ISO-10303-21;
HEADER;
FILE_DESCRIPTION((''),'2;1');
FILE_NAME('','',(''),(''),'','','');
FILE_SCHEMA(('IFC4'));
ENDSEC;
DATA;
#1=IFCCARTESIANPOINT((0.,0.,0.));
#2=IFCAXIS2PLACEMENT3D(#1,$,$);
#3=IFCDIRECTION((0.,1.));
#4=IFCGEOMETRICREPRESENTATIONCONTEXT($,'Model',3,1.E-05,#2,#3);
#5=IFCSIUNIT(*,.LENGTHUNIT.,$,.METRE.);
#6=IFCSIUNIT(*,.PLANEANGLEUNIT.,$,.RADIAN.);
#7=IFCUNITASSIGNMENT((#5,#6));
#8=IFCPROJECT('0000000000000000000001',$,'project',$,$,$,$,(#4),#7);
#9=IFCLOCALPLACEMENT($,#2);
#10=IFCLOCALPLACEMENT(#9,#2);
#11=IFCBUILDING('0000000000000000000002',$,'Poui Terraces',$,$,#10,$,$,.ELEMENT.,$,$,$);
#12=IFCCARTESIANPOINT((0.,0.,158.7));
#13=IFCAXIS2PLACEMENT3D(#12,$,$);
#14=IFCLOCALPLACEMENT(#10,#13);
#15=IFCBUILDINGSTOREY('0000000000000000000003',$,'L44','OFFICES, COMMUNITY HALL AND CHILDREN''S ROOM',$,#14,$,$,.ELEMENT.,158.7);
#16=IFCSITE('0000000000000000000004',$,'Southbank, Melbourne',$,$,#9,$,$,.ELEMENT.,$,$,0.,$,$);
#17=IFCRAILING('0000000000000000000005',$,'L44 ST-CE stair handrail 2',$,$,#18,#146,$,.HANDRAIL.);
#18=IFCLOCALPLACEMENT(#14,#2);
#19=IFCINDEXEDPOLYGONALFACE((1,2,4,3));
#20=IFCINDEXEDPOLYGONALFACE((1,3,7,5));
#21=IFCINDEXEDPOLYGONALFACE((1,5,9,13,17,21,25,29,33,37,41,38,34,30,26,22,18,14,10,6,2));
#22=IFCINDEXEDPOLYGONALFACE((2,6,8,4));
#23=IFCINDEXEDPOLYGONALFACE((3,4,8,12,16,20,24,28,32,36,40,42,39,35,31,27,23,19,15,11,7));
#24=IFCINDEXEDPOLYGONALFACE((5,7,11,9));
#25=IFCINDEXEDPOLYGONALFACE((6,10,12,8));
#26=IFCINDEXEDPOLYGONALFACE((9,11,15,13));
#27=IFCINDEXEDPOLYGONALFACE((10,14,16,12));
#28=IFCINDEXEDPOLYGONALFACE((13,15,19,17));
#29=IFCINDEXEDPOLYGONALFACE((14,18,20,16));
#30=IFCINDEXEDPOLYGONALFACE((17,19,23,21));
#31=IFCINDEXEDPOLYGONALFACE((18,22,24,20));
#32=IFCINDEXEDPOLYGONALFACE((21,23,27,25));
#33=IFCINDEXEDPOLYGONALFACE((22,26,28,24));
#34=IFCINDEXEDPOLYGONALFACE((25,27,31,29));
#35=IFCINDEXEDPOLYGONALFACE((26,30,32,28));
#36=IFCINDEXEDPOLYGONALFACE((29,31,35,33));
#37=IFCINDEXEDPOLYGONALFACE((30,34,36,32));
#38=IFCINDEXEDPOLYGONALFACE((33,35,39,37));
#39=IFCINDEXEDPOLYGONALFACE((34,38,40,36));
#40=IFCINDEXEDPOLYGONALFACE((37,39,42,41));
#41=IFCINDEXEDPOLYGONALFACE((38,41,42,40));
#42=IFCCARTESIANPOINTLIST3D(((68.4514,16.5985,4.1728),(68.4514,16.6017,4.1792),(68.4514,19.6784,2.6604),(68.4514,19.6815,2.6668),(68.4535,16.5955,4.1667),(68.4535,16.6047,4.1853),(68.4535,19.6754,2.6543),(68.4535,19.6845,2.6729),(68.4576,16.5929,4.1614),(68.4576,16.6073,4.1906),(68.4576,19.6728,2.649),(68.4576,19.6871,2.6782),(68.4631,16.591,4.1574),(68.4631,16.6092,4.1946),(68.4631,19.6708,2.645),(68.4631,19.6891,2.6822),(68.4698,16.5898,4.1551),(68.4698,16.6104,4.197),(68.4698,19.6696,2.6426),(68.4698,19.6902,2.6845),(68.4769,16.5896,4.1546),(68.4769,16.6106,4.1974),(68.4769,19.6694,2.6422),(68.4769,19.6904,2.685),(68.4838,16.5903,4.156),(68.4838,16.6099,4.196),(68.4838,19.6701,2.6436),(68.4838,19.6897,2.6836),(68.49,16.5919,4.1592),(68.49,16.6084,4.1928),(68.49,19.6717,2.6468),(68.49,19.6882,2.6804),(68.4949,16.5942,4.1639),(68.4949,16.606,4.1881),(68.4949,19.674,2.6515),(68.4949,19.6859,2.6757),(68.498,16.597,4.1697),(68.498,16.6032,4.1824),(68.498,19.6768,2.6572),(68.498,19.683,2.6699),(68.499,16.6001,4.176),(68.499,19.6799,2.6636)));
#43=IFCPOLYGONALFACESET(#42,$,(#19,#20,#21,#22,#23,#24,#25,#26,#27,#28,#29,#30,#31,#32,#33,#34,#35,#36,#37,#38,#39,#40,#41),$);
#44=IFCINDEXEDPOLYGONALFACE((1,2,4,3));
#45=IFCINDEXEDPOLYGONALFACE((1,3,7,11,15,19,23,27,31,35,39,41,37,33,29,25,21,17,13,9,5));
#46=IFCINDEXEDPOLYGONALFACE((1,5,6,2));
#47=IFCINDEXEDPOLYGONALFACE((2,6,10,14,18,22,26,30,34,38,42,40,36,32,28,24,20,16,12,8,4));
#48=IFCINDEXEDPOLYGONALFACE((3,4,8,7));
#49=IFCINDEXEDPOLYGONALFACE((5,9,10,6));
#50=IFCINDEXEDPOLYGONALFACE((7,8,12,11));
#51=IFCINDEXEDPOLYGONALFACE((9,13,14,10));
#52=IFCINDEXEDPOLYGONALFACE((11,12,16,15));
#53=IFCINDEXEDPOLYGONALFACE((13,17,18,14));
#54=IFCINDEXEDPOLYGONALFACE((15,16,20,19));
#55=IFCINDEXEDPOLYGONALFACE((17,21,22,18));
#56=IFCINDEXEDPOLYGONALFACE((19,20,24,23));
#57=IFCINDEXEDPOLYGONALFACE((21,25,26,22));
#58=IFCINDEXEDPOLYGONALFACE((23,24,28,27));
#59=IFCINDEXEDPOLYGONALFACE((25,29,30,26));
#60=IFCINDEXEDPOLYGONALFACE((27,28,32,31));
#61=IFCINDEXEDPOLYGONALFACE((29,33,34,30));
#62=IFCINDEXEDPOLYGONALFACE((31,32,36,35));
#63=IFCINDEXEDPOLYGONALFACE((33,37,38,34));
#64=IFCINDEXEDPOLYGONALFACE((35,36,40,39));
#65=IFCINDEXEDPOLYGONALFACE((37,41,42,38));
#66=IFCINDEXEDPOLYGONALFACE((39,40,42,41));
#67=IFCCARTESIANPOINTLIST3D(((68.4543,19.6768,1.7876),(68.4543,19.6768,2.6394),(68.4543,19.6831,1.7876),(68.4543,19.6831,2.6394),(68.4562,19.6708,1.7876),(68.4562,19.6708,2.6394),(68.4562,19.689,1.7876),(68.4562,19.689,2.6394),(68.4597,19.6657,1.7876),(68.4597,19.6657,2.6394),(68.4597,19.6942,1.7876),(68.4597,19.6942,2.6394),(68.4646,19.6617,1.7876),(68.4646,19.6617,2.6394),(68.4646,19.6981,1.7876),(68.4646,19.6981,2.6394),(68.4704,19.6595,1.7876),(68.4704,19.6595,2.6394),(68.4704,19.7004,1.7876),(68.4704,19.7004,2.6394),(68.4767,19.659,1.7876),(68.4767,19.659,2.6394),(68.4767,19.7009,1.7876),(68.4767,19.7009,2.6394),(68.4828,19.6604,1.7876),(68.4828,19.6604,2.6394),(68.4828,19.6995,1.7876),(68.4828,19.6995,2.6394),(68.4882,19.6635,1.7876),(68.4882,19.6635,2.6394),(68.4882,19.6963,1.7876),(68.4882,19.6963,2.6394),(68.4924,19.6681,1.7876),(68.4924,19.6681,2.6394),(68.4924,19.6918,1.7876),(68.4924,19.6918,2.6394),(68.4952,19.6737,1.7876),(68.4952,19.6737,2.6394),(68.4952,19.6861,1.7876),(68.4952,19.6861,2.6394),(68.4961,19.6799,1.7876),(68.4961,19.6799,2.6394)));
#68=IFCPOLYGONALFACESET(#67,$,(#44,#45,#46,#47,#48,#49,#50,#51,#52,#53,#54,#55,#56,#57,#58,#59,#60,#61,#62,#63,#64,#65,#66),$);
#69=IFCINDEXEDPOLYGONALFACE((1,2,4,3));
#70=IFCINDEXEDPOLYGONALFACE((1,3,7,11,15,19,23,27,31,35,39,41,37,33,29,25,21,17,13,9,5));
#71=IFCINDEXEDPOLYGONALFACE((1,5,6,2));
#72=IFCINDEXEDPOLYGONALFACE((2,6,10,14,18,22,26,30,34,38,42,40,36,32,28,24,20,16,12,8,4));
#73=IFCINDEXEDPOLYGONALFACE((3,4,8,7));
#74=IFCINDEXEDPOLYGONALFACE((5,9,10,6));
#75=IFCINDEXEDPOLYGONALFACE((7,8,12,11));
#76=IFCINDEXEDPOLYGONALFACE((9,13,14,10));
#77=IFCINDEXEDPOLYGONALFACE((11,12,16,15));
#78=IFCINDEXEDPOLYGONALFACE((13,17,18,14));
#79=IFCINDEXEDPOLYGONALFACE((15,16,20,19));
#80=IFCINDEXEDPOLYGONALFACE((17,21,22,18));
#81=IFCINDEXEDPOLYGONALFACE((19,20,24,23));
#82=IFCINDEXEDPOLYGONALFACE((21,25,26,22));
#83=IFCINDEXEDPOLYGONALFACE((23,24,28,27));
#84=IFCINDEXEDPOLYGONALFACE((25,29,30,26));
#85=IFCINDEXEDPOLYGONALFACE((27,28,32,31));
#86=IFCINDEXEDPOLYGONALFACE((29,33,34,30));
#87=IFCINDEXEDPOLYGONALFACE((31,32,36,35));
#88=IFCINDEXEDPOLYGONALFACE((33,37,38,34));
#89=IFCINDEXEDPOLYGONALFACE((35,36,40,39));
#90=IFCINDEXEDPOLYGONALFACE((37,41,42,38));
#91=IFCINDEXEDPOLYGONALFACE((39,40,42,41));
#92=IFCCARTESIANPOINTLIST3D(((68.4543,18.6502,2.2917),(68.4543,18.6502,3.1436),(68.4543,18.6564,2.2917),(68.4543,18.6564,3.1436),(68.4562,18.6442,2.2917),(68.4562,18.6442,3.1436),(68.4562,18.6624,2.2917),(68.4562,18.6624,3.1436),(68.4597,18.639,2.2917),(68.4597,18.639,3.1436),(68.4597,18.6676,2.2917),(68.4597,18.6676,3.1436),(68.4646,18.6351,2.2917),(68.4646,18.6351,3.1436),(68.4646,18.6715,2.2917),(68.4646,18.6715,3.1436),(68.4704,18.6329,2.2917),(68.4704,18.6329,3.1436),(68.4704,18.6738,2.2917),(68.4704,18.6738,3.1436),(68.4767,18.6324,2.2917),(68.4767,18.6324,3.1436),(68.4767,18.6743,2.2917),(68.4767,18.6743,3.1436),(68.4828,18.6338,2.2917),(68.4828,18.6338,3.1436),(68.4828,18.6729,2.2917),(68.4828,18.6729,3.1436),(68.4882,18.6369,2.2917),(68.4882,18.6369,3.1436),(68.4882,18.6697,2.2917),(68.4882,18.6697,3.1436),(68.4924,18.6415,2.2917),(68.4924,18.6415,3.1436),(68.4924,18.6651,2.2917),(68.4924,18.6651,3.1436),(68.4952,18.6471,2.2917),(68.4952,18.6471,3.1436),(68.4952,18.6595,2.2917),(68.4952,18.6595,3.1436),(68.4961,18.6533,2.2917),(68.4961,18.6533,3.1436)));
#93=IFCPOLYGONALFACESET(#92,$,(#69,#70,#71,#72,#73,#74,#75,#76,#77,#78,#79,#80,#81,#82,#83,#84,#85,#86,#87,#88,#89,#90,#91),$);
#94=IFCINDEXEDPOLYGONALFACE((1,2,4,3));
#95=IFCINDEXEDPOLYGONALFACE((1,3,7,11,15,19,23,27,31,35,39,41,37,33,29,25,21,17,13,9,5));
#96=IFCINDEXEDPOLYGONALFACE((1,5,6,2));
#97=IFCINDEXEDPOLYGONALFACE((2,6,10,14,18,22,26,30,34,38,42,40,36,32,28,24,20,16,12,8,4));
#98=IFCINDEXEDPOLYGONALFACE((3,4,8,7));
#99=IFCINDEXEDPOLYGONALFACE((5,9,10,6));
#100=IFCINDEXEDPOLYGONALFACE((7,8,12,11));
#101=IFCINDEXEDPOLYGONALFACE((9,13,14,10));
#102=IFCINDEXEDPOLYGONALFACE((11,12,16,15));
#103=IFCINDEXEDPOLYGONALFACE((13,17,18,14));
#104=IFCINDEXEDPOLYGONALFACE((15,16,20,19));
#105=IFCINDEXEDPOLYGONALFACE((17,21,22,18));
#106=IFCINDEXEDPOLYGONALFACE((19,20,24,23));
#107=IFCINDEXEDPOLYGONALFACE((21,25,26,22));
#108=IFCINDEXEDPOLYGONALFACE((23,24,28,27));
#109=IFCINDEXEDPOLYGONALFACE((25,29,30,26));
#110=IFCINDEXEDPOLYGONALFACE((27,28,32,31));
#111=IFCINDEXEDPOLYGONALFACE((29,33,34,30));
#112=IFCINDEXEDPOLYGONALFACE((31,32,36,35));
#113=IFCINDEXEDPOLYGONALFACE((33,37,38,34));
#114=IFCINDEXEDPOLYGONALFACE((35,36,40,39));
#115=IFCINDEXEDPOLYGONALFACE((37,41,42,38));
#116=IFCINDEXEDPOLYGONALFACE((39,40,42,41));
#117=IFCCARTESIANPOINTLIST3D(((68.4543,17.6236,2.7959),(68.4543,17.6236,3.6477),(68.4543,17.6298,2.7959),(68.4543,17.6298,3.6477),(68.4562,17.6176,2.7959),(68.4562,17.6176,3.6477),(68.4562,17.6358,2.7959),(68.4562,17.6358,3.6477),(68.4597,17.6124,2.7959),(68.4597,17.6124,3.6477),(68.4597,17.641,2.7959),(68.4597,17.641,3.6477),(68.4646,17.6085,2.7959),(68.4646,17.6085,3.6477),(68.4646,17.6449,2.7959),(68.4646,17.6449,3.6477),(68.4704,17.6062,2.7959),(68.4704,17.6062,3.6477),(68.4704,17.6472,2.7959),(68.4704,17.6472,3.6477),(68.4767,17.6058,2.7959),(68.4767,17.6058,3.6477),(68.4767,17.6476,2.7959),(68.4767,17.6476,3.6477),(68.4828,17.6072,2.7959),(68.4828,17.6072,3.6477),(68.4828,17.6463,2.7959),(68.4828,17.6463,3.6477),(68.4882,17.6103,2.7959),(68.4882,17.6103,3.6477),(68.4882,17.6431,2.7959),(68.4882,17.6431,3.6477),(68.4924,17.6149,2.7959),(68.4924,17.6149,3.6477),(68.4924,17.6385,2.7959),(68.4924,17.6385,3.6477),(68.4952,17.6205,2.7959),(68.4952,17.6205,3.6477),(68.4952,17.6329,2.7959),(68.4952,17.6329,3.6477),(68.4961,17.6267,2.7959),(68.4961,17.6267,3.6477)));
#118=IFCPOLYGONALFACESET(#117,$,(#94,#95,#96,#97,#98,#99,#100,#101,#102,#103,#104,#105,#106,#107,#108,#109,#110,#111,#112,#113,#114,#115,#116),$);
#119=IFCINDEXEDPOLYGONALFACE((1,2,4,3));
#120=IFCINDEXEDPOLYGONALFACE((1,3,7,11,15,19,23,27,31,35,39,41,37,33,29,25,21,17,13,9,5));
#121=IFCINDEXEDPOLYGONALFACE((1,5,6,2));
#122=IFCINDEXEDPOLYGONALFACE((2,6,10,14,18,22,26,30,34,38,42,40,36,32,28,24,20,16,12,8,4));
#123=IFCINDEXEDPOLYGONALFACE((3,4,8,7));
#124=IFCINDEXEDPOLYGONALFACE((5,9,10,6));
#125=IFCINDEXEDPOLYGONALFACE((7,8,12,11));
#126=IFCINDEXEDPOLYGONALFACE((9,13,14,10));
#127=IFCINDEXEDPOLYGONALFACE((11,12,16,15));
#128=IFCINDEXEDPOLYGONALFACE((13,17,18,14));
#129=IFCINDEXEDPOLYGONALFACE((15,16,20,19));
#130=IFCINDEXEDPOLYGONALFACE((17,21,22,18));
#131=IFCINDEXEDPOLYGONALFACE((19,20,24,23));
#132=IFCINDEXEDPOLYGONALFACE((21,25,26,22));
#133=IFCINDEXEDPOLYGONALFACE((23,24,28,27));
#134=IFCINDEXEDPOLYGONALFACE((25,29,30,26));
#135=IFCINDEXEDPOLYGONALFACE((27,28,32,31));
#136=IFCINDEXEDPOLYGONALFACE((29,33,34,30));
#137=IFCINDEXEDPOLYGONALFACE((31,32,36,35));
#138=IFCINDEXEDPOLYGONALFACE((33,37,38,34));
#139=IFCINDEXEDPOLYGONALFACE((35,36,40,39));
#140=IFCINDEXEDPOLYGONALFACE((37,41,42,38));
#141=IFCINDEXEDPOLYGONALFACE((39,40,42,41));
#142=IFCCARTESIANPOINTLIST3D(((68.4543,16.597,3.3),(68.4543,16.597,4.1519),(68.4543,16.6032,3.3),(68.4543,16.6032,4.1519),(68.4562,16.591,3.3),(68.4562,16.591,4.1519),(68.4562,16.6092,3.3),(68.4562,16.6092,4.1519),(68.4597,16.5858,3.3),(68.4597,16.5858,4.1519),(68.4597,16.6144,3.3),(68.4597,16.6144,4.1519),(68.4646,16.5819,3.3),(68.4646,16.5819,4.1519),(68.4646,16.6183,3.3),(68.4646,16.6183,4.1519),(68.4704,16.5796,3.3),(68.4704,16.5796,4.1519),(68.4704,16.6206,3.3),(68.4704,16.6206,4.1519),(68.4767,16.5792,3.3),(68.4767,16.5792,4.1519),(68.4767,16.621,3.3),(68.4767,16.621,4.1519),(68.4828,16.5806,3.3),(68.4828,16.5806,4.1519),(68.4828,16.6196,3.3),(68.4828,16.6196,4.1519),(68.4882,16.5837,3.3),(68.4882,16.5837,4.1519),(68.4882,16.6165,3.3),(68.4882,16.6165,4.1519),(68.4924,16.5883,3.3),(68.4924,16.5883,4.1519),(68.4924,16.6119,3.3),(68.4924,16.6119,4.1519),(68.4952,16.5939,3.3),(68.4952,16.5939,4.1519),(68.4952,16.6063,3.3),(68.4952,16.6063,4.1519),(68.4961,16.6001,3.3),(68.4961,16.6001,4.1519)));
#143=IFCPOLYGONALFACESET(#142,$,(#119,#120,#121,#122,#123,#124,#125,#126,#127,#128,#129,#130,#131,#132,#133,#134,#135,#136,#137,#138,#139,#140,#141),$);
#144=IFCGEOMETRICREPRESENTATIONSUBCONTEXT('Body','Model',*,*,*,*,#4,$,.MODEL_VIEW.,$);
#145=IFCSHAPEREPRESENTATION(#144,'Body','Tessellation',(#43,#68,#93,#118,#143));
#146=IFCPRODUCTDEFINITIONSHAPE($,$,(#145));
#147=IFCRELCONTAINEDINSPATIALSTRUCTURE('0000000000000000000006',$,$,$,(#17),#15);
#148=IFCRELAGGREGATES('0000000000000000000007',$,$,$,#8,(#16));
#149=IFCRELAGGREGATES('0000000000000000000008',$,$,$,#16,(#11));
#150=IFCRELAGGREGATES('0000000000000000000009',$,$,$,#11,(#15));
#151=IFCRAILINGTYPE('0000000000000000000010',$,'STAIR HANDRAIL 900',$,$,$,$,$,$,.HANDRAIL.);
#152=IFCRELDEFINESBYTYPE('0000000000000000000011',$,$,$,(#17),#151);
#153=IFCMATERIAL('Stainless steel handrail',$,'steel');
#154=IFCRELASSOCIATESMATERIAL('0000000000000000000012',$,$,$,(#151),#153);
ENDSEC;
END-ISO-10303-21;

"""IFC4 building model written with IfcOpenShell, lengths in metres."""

from ifc_helpers import new_model, si_unit, direction, frame, origin, origin_2d, place, context, subcontext, project, spatial, circle, extrude, material, type_object, element, save


model = new_model("IFC4")

# Units and contexts
model_context = context("Model", 3, precision=1e-05, world=origin(), true_north=direction((0.0, 1.0)))
body_context = subcontext(model_context, "Body", "Model", "MODEL_VIEW")
ifc_project = project(units=[si_unit("LENGTHUNIT", "METRE"), si_unit("PLANEANGLEUNIT", "RADIAN")], contexts=[model_context])

# Site, building, storey
site_placement = place(None, origin())
site = spatial("IfcSite", under=ifc_project, at=site_placement, Name="Southbank, Melbourne", CompositionType="ELEMENT", RefElevation=0.0)
building_placement = place(site_placement, origin())
building = spatial("IfcBuilding", under=site, at=building_placement, Name="Poui Terraces", CompositionType="ELEMENT")
storey_placement = place(building_placement, frame((0.0, 0.0, 158.7)))
storey = spatial("IfcBuildingStorey", under=building, at=storey_placement, Name="L44", Description="OFFICES, COMMUNITY HALL AND CHILDREN'S ROOM", CompositionType="ELEMENT", Elevation=158.7)

# Railing
ifc_material_1 = material(Name="Stainless steel handrail", Category="steel")
railing_type_1 = type_object("IfcRailingType", Name="STAIR HANDRAIL 900", PredefinedType="HANDRAIL", material=ifc_material_1)
railing_1_placement = place(storey_placement, frame((68.4751, 19.6799, 1.7876)))
element("IfcRailing", 1, at=railing_1_placement, inside=storey, type_object=railing_type_1, Name="L44 ST-CE stair handrail 2", PredefinedType="HANDRAIL", context=body_context, shape_type="SweptSolid", body=[
    extrude(circle(Radius=0.0239, at=origin_2d()), frame((0.0, 0.0, 0.876), z_axis=(0.0, -0.897606, 0.440798), x_axis=(1.0, 0.0, 0.0)), (0.0, 0.0, 1.0), 3.4312),
    extrude(circle(Radius=0.021, at=origin_2d()), origin(), (0.0, 0.0, 1.0), 0.8518),
    extrude(circle(Radius=0.021, at=origin_2d()), frame((0.0, -1.0266, 0.5042)), (0.0, 0.0, 1.0), 0.8518),
    extrude(circle(Radius=0.021, at=origin_2d()), frame((0.0, -2.0532, 1.0083)), (0.0, 0.0, 1.0), 0.8518),
    extrude(circle(Radius=0.021, at=origin_2d()), frame((0.0, -3.0798, 1.5125)), (0.0, 0.0, 1.0), 0.8518),
])

save(model, "model.ifc")
